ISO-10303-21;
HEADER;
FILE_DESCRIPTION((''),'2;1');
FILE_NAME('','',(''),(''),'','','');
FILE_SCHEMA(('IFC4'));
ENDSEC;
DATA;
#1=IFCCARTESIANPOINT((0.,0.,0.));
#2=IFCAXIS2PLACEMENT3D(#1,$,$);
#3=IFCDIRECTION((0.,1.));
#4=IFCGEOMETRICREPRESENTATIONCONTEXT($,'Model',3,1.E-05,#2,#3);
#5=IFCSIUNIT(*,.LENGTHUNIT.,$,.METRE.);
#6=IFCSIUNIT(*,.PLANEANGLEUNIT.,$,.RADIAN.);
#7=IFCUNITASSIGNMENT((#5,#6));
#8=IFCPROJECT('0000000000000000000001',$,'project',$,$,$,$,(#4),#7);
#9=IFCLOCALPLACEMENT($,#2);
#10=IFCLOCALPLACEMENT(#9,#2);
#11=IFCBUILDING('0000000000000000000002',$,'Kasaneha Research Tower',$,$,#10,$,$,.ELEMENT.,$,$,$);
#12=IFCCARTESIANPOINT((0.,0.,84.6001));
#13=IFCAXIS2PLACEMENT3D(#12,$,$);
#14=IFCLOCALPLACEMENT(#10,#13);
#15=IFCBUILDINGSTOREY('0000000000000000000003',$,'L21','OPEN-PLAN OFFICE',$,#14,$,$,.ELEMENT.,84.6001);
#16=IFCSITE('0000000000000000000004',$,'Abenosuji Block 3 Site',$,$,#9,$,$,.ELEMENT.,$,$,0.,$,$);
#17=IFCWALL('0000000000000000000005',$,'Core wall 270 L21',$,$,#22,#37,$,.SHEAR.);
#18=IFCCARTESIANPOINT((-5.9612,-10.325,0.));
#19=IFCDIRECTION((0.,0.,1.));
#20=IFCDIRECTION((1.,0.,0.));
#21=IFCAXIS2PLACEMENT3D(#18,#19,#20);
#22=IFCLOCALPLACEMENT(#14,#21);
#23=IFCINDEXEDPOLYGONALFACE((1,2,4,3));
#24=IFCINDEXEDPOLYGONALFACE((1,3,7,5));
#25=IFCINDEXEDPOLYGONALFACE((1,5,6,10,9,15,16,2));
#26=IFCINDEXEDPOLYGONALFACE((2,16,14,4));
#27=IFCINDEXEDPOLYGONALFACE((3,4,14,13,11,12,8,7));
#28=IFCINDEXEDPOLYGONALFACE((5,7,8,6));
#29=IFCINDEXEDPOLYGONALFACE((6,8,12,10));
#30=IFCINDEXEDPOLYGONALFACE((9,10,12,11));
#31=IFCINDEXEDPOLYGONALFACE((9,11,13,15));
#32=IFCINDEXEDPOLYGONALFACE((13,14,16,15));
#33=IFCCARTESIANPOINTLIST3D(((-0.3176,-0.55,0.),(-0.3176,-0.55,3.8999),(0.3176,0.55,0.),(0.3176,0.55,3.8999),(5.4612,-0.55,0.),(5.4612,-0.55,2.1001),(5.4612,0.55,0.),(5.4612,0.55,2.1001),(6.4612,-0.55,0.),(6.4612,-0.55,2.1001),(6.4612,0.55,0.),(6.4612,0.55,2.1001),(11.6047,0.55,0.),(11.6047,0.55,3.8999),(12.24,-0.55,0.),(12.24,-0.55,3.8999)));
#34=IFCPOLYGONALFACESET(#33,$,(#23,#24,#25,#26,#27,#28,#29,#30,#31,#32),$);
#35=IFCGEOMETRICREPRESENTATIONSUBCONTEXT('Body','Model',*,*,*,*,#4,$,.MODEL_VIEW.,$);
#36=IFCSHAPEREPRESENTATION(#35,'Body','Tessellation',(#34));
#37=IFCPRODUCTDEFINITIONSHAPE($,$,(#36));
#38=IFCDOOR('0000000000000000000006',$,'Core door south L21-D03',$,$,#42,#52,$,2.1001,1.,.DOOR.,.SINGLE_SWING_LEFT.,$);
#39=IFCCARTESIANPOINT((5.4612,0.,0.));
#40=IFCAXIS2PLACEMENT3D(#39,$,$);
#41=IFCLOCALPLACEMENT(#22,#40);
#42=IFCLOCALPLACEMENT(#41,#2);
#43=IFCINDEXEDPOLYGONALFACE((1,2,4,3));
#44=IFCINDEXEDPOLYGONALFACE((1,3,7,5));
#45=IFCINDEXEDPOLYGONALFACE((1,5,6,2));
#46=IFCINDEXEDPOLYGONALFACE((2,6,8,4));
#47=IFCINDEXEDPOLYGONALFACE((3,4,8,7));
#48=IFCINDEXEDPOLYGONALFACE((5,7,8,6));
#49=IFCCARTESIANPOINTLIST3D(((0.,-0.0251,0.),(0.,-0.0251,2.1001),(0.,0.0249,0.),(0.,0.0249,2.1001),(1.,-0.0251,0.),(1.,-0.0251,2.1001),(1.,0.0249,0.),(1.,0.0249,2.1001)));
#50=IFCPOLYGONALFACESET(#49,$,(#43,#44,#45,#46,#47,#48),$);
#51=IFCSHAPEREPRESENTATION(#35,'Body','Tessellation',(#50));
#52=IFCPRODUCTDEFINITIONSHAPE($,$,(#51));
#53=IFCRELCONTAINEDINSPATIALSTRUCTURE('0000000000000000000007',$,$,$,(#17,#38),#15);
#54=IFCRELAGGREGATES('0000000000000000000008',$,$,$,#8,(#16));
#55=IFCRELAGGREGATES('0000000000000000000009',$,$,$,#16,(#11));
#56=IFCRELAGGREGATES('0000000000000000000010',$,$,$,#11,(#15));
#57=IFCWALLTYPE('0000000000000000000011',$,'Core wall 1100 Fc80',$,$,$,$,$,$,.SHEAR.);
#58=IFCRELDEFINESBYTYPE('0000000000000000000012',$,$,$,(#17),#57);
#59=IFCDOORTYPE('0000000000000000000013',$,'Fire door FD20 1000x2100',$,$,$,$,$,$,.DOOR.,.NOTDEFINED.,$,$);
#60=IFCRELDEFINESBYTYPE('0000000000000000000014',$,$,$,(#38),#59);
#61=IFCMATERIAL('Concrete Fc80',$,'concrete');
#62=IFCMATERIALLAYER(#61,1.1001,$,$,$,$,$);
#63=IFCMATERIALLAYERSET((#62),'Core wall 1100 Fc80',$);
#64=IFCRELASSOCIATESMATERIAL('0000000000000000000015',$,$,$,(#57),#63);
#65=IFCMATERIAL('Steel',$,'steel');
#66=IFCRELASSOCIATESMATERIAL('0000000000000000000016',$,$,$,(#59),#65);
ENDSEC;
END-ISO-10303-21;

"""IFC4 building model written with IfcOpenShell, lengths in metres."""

from ifc_helpers import new_model, si_unit, direction, frame, frame_2d, origin, place, context, subcontext, project, spatial, polyline, rectangle, outline, extrude, material, layer, layer_set, type_object, element, fill, save


model = new_model("IFC4")

# Units and contexts
model_context = context("Model", 3, precision=1e-05, world=origin(), true_north=direction((0.0, 1.0)))
body_context = subcontext(model_context, "Body", "Model", "MODEL_VIEW")
ifc_project = project(units=[si_unit("LENGTHUNIT", "METRE"), si_unit("PLANEANGLEUNIT", "RADIAN")], contexts=[model_context])

# Site, building, storey
site_placement = place(None, origin())
site = spatial("IfcSite", under=ifc_project, at=site_placement, Name="Abenosuji Block 3 Site", CompositionType="ELEMENT", RefElevation=0.0)
building_placement = place(site_placement, origin())
building = spatial("IfcBuilding", under=site, at=building_placement, Name="Kasaneha Research Tower", CompositionType="ELEMENT")
storey_placement = place(building_placement, frame((0.0, 0.0, 84.6001)))
storey = spatial("IfcBuildingStorey", under=building, at=storey_placement, Name="L21", Description="OPEN-PLAN OFFICE", CompositionType="ELEMENT", Elevation=84.6001)

# Wall, opening, door
ifc_material_1 = material(Name="Concrete Fc80", Category="concrete")
ifc_layer_1 = layer(ifc_material_1, 1.1001)
ifc_layer_set_1 = layer_set([ifc_layer_1], Name="Core wall 1100 Fc80")
wall_type_1 = type_object("IfcWallType", Name="Core wall 1100 Fc80", PredefinedType="SHEAR", material=ifc_layer_set_1)
wall_1_placement = place(storey_placement, frame((-5.9612, -10.325, 0.0), z_axis=(0.0, 0.0, 1.0), x_axis=(1.0, 0.0, 0.0)))
wall_1 = element("IfcWall", 1, at=wall_1_placement, inside=storey, type_object=wall_type_1, Name="Core wall 270 L21", PredefinedType="SHEAR", context=body_context, shape_type="SweptSolid", body=[
    extrude(outline(polyline([(-0.3176, -0.55), (5.4612, -0.55), (6.4612, -0.55), (12.24, -0.55), (11.6047, 0.55), (6.4612, 0.55), (5.4612, 0.55), (0.3176, 0.55), (-0.3176, -0.55)])), origin(), (0.0, 0.0, 1.0), 3.8999),
])
opening_1_placement = place(wall_1_placement, frame((5.4612, 0.0, 0.0)))
opening_1 = element("IfcOpeningElement", 2, at=opening_1_placement, cuts=wall_1, PredefinedType="OPENING", context=body_context, shape_type="SweptSolid", body=[
    extrude(rectangle(XDim=1.0, YDim=2.1001, at=frame_2d((0.5, 1.05))), frame((0.0, 0.5601, 0.0), z_axis=(0.0, -1.0, 0.0), x_axis=(1.0, 0.0, 0.0)), (0.0, 0.0, 1.0), 1.1201),
])
ifc_material_2 = material(Name="Steel", Category="steel")
door_type_1 = type_object("IfcDoorType", Name="Fire door FD20 1000x2100", OperationType="NOTDEFINED", PredefinedType="DOOR", material=ifc_material_2)
door_1_placement = place(opening_1_placement, origin())
door_1 = element("IfcDoor", 3, at=door_1_placement, inside=storey, type_object=door_type_1, Name="Core door south L21-D03", OperationType="SINGLE_SWING_LEFT", OverallHeight=2.1001, OverallWidth=1.0, PredefinedType="DOOR", context=body_context, shape_type="SweptSolid", body=[
    extrude(rectangle(XDim=1.0, YDim=2.1001, at=frame_2d((0.5, 1.05))), frame((0.0, 0.0249, 0.0), z_axis=(0.0, -1.0, 0.0), x_axis=(1.0, 0.0, 0.0)), (0.0, 0.0, 1.0), 0.05),
])
fill(opening_1, door_1)

save(model, "model.ifc")
